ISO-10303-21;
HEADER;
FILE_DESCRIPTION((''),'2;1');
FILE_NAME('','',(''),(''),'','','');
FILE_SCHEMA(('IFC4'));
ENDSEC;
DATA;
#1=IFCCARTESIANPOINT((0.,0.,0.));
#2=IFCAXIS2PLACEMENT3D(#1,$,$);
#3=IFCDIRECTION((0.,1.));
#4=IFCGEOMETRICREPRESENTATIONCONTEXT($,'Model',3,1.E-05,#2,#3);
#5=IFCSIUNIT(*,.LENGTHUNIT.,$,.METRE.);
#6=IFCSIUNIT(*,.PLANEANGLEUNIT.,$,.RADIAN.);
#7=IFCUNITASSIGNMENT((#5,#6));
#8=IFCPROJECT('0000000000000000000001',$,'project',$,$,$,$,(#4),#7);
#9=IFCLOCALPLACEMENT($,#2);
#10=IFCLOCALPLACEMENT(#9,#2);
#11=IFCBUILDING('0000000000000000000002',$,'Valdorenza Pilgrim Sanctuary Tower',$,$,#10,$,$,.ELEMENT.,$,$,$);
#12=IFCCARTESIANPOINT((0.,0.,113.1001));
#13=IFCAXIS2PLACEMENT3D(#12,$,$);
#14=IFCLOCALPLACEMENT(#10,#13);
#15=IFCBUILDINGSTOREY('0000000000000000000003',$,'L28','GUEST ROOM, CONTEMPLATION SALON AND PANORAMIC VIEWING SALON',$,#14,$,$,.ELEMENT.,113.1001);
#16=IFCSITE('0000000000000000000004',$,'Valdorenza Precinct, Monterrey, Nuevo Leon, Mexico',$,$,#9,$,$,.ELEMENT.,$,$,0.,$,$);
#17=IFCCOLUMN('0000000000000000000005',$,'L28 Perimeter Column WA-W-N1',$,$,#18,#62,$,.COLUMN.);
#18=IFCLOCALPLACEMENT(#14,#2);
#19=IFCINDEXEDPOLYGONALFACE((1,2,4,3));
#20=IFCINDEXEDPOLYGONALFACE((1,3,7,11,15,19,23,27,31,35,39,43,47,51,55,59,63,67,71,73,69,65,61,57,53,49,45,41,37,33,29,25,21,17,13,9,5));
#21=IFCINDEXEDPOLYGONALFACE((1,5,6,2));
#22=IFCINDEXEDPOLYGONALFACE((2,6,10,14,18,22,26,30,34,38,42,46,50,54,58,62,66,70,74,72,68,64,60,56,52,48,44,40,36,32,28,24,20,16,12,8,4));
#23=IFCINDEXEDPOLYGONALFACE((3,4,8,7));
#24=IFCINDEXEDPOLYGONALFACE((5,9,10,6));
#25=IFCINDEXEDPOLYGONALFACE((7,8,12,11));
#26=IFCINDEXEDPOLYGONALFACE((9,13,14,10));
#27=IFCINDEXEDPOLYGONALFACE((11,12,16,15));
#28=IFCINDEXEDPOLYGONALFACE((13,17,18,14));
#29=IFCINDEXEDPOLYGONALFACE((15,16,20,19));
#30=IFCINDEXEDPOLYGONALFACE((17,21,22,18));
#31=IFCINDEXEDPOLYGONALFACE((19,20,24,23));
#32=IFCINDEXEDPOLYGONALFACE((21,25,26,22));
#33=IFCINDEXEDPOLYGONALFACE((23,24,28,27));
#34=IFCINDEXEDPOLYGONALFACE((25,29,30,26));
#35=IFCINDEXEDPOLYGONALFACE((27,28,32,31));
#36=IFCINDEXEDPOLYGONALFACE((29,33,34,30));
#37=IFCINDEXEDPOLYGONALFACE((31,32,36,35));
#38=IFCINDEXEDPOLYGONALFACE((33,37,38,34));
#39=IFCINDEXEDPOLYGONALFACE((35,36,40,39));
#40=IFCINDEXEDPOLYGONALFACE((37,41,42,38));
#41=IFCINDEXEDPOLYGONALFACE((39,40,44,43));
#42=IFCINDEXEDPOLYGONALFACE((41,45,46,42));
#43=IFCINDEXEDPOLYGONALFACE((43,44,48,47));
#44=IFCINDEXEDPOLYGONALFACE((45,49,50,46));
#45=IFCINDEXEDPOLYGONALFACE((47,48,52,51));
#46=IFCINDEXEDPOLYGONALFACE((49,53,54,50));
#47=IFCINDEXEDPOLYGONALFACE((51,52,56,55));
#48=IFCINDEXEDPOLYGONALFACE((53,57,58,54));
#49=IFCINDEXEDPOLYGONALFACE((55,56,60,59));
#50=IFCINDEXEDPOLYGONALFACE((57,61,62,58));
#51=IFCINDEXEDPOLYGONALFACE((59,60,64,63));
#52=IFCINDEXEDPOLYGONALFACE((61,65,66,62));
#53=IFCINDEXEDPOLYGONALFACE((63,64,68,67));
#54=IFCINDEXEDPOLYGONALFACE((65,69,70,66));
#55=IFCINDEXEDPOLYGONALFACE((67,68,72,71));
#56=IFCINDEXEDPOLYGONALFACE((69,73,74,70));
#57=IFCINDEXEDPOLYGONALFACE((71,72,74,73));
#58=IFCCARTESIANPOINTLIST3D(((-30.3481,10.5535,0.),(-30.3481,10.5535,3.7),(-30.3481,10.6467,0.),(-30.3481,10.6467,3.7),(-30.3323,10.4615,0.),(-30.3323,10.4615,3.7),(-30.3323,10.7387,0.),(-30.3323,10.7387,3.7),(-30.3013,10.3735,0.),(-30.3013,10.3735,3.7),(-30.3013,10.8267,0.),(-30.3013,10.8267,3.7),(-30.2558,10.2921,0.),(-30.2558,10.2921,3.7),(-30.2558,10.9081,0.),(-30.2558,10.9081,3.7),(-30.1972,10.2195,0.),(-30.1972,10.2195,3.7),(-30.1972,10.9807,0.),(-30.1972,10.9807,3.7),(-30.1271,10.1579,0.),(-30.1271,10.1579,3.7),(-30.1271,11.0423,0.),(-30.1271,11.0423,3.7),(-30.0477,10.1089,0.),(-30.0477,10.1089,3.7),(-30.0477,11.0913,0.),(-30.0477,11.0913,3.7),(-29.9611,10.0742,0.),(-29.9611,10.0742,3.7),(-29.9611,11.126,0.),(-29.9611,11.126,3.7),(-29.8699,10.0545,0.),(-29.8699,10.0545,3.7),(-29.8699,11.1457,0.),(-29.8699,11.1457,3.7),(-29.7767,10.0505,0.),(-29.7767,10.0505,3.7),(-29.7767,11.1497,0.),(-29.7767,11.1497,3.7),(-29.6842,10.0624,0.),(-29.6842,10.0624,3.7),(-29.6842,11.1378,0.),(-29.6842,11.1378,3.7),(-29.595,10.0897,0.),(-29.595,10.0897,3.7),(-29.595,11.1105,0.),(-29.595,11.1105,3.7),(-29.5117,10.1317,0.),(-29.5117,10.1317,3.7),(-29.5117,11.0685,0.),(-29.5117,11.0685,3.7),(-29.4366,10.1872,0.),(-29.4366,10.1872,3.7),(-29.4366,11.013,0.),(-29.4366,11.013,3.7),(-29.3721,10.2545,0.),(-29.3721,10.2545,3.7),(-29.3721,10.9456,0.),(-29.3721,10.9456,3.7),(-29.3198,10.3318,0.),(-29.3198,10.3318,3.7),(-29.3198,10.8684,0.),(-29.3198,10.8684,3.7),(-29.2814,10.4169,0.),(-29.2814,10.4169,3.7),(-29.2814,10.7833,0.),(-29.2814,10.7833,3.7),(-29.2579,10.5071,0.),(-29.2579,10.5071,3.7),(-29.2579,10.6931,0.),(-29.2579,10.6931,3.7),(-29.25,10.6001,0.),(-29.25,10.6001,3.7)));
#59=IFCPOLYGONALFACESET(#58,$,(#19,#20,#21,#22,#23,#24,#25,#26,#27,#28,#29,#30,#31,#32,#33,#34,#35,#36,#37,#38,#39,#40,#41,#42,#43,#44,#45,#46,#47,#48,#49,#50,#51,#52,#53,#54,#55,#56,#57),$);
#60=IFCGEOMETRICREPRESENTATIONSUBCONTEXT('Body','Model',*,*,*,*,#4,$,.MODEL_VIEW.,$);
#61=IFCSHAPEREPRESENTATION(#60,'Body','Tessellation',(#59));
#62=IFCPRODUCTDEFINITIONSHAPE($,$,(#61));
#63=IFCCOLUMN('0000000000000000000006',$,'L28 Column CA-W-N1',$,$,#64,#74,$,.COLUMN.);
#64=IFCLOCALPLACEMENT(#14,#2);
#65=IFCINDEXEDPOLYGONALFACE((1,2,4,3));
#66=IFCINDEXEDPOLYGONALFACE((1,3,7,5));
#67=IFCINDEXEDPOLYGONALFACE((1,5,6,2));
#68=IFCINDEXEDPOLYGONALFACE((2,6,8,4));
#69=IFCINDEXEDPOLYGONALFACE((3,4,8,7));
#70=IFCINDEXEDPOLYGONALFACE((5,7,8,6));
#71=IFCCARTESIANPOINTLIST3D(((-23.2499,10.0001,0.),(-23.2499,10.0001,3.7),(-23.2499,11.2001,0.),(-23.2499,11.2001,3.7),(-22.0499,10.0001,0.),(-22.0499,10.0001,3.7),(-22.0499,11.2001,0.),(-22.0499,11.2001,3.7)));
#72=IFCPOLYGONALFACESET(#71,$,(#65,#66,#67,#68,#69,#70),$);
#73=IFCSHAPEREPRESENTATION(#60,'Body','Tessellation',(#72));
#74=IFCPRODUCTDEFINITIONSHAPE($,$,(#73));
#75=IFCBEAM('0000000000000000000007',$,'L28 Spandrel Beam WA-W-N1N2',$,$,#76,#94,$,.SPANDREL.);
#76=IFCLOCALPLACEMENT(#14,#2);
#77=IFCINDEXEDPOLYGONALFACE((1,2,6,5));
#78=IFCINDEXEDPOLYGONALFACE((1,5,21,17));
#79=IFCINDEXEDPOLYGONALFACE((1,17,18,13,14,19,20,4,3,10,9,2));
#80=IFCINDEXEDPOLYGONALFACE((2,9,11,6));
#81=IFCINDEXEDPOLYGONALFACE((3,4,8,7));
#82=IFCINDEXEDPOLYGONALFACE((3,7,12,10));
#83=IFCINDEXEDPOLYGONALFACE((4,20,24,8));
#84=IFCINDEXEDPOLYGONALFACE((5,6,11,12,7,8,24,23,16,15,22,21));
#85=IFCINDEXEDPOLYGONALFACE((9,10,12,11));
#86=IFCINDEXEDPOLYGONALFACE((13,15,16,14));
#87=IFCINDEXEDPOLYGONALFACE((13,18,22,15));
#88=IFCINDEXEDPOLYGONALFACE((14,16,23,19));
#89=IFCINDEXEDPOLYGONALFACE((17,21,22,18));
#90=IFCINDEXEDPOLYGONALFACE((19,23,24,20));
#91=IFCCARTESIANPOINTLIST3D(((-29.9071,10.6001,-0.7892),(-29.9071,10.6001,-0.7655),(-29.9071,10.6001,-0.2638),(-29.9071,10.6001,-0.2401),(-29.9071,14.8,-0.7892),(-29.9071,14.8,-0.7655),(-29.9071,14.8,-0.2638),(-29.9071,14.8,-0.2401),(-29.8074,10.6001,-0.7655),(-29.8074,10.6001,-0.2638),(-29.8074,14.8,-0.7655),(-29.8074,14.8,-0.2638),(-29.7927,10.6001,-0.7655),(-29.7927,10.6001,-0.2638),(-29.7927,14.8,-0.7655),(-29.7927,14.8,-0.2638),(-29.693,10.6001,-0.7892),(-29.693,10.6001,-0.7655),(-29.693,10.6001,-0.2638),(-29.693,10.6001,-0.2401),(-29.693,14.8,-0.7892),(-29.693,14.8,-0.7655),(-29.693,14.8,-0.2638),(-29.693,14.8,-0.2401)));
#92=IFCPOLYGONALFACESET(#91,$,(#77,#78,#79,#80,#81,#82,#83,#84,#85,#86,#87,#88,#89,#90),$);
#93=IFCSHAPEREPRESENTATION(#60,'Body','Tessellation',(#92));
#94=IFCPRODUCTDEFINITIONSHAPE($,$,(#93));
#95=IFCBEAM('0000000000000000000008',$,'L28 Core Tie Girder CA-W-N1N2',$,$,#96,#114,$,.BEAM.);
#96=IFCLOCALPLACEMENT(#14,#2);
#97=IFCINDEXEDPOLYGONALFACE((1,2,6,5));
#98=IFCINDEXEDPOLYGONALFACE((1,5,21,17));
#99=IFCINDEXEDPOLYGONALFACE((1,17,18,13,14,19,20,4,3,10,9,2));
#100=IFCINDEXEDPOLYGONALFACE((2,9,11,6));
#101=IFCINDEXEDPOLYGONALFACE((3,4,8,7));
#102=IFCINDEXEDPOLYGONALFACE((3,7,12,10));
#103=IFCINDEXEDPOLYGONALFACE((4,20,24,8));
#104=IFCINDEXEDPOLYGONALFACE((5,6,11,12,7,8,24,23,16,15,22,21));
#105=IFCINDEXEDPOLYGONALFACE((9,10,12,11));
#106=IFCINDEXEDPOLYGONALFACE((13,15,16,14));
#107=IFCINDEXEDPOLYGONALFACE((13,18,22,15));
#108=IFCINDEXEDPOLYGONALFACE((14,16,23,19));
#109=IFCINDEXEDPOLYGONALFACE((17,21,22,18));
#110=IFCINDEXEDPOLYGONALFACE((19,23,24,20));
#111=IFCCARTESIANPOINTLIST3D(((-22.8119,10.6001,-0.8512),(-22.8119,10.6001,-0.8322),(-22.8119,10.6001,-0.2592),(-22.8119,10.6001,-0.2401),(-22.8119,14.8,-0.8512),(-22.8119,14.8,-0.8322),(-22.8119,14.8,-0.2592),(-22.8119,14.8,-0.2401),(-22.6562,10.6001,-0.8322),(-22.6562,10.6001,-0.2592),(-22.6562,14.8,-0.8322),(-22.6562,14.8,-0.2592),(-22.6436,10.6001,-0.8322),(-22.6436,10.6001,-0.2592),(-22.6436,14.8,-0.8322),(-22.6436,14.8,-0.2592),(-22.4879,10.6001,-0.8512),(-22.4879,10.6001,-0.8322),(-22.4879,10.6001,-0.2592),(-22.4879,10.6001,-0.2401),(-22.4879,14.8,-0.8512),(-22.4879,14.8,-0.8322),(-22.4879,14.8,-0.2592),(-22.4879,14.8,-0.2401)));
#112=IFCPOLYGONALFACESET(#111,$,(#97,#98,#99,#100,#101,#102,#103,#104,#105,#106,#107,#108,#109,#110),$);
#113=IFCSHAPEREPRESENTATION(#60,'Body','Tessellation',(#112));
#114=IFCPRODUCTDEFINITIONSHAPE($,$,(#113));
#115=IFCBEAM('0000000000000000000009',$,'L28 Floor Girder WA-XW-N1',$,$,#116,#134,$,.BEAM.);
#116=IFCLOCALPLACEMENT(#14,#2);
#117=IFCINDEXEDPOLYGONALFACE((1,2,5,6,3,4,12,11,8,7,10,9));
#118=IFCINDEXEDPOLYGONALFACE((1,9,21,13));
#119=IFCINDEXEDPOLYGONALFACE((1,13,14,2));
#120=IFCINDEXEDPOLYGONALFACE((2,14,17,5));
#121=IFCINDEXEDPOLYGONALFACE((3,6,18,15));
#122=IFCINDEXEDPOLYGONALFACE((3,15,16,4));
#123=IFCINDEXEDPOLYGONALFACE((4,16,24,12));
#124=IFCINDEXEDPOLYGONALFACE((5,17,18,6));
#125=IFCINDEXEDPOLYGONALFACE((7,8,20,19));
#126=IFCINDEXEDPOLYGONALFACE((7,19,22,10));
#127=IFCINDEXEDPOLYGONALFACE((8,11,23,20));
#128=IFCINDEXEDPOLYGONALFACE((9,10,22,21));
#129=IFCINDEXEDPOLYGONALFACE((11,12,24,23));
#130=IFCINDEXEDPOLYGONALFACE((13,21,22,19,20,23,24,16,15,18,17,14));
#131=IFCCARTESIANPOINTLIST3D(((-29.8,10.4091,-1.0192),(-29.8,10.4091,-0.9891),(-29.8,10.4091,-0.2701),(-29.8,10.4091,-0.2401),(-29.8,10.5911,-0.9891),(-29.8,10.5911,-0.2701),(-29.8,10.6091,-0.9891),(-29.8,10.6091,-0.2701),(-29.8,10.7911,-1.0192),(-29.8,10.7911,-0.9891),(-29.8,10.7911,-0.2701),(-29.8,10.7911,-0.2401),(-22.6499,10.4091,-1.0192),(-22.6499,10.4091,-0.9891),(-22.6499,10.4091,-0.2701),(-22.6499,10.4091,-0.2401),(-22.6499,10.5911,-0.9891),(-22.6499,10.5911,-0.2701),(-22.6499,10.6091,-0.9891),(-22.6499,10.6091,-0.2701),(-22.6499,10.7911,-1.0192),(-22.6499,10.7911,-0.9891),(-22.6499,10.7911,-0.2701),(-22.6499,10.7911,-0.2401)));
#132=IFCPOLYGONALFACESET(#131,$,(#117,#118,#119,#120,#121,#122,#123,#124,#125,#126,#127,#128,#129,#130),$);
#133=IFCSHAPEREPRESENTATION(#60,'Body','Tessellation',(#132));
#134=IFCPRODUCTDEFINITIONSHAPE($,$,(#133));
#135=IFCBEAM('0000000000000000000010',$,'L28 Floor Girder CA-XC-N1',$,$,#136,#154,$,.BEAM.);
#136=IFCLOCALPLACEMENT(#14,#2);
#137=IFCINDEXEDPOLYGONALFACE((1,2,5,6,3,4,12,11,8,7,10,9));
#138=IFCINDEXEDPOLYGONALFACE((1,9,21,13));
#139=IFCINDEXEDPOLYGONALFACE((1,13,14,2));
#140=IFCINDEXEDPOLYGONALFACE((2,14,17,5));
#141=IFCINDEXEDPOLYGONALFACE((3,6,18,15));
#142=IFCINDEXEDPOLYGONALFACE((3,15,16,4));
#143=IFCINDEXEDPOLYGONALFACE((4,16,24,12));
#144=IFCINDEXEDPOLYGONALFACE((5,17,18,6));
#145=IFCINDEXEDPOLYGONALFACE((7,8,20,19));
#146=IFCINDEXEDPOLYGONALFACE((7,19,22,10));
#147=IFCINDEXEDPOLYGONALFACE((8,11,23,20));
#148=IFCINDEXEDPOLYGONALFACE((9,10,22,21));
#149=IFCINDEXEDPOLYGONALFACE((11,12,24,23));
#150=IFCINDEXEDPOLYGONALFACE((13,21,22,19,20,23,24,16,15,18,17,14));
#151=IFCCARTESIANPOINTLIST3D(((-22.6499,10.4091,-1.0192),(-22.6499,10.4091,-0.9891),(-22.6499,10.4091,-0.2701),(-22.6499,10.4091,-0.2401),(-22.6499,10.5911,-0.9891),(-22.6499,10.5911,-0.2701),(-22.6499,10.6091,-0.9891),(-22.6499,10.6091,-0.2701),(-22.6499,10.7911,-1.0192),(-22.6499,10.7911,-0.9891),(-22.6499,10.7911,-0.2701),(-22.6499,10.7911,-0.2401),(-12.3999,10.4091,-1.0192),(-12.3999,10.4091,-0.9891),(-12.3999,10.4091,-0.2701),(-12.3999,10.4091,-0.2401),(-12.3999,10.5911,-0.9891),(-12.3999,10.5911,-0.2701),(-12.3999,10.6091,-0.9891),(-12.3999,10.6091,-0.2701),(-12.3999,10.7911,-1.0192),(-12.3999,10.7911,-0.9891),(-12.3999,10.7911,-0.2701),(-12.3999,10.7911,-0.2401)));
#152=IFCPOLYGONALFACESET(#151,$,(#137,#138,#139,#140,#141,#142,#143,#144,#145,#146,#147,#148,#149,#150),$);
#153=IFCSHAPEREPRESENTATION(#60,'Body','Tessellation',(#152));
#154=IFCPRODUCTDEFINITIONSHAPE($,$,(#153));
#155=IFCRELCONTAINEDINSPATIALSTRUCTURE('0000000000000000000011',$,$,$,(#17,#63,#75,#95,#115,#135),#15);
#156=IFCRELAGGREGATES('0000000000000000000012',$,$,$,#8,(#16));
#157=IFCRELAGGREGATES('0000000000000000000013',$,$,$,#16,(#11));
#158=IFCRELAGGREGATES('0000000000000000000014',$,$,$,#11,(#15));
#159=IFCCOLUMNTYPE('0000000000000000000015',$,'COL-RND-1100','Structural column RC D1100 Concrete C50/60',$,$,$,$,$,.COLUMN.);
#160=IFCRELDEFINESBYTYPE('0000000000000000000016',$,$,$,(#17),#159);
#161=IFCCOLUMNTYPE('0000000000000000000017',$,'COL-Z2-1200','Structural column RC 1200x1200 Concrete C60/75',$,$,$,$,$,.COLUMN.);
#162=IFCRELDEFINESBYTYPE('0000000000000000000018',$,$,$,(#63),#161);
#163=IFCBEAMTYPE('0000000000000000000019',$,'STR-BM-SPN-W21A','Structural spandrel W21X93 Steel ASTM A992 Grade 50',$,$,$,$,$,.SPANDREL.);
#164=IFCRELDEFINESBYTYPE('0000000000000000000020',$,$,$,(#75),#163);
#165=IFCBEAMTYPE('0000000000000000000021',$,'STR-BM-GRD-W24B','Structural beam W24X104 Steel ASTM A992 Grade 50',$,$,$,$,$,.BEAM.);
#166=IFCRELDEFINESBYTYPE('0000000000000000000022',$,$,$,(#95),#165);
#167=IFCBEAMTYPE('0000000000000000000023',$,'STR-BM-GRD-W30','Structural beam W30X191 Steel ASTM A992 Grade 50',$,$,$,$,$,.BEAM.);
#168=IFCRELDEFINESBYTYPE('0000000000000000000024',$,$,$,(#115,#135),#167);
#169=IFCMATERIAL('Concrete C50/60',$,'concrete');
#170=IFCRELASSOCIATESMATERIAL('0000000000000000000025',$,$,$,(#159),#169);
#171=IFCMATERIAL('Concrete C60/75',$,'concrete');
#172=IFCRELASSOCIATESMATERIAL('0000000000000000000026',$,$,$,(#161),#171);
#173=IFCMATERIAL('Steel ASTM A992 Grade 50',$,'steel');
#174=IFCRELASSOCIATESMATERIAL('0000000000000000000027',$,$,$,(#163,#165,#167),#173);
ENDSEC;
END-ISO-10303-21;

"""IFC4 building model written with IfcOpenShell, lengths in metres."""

from ifc_helpers import new_model, si_unit, direction, frame, origin, origin_2d, place, context, subcontext, project, spatial, rectangle, circle, i_section, extrude, source, transform, mapped, material, material_profile, profile_set, type_object, element, save


model = new_model("IFC4")

# Units and contexts
model_context = context("Model", 3, precision=1e-05, world=origin(), true_north=direction((0.0, 1.0)))
body_context = subcontext(model_context, "Body", "Model", "MODEL_VIEW")
ifc_project = project(units=[si_unit("LENGTHUNIT", "METRE"), si_unit("PLANEANGLEUNIT", "RADIAN")], contexts=[model_context])

# Site, building, storey
site_placement = place(None, origin())
site = spatial("IfcSite", under=ifc_project, at=site_placement, Name="Valdorenza Precinct, Monterrey, Nuevo Leon, Mexico", CompositionType="ELEMENT", RefElevation=0.0)
building_placement = place(site_placement, origin())
building = spatial("IfcBuilding", under=site, at=building_placement, Name="Valdorenza Pilgrim Sanctuary Tower", CompositionType="ELEMENT")
storey_placement = place(building_placement, frame((0.0, 0.0, 113.1001)))
storey = spatial("IfcBuildingStorey", under=building, at=storey_placement, Name="L28", Description="GUEST ROOM, CONTEMPLATION SALON AND PANORAMIC VIEWING SALON", CompositionType="ELEMENT", Elevation=113.1001)

# Columns
ifc_material_1 = material(Name="Concrete C50/60", Category="concrete")
ifc_material_profile_1 = material_profile(ifc_material_1, circle(Radius=0.55, at=origin_2d()), Name="RC D1100")
ifc_profile_set_1 = profile_set([ifc_material_profile_1], Name="Concrete C50/60")
column_type_1 = type_object("IfcColumnType", Name="COL-RND-1100", Description="Structural column RC D1100 Concrete C50/60", PredefinedType="COLUMN", material=ifc_profile_set_1)
shared_shape_1 = source(origin(), body_context, "Body", "SweptSolid", [
    extrude(circle(Radius=0.55, at=origin_2d()), origin(), (0.0, 0.0, 1.0), 3.7),
])
column_1_placement = place(storey_placement, frame((-29.8, 10.6001, 0.0), z_axis=(0.0, 0.0, 1.0), x_axis=(1.0, 0.0, 0.0)))
element("IfcColumn", 1, at=column_1_placement, inside=storey, type_object=column_type_1, Name="L28 Perimeter Column WA-W-N1", PredefinedType="COLUMN", context=body_context, shape_type="MappedRepresentation", body=[
    mapped(shared_shape_1, transform((0.0, 0.0, 0.0), x_axis=(1.0, 0.0, 0.0), y_axis=(0.0, 1.0, 0.0), z_axis=(0.0, 0.0, 1.0), scale=1.0)),
])
ifc_material_2 = material(Name="Concrete C60/75", Category="concrete")
ifc_material_profile_2 = material_profile(ifc_material_2, rectangle(XDim=1.2, YDim=1.2, at=origin_2d()), Name="RC 1200x1200")
ifc_profile_set_2 = profile_set([ifc_material_profile_2], Name="Concrete C60/75")
column_type_2 = type_object("IfcColumnType", Name="COL-Z2-1200", Description="Structural column RC 1200x1200 Concrete C60/75", PredefinedType="COLUMN", material=ifc_profile_set_2)
shared_shape_2 = source(origin(), body_context, "Body", "SweptSolid", [
    extrude(rectangle(XDim=1.2, YDim=1.2, at=origin_2d()), origin(), (0.0, 0.0, 1.0), 3.7),
])
column_2_placement = place(storey_placement, frame((-22.6499, 10.6001, 0.0), z_axis=(0.0, 0.0, 1.0), x_axis=(1.0, 0.0, 0.0)))
element("IfcColumn", 2, at=column_2_placement, inside=storey, type_object=column_type_2, Name="L28 Column CA-W-N1", PredefinedType="COLUMN", context=body_context, shape_type="MappedRepresentation", body=[
    mapped(shared_shape_2, transform((0.0, 0.0, 0.0), x_axis=(1.0, 0.0, 0.0), y_axis=(0.0, 1.0, 0.0), z_axis=(0.0, 0.0, 1.0), scale=1.0)),
])

# Beams
ifc_material_3 = material(Name="Steel ASTM A992 Grade 50", Category="steel")
ifc_material_profile_3 = material_profile(ifc_material_3, i_section(OverallWidth=0.2141, OverallDepth=0.5491, WebThickness=0.0146, FlangeThickness=0.0237, at=origin_2d()), Name="W21X93")
ifc_profile_set_3 = profile_set([ifc_material_profile_3], Name="Steel ASTM A992 Grade 50")
beam_type_1 = type_object("IfcBeamType", Name="STR-BM-SPN-W21A", Description="Structural spandrel W21X93 Steel ASTM A992 Grade 50", PredefinedType="SPANDREL", material=ifc_profile_set_3)
shared_shape_3 = source(origin(), body_context, "Body", "SweptSolid", [
    extrude(i_section(OverallWidth=0.2141, OverallDepth=0.5491, WebThickness=0.0146, FlangeThickness=0.0237, at=origin_2d()), origin(), (0.0, 0.0, 1.0), 4.2),
])
beam_1_placement = place(storey_placement, frame((-29.8, 10.6001, -0.5146), z_axis=(0.0, 1.0, 0.0), x_axis=(-1.0, 0.0, 0.0)))
element("IfcBeam", 3, at=beam_1_placement, inside=storey, type_object=beam_type_1, Name="L28 Spandrel Beam WA-W-N1N2", PredefinedType="SPANDREL", context=body_context, shape_type="MappedRepresentation", body=[
    mapped(shared_shape_3, transform((0.0, 0.0, 0.0), x_axis=(1.0, 0.0, 0.0), y_axis=(0.0, 1.0, 0.0), z_axis=(0.0, 0.0, 1.0), scale=1.0)),
])
ifc_material_profile_4 = material_profile(ifc_material_3, i_section(OverallWidth=0.324, OverallDepth=0.6111, WebThickness=0.0127, FlangeThickness=0.019, at=origin_2d()), Name="W24X104")
ifc_profile_set_4 = profile_set([ifc_material_profile_4], Name="Steel ASTM A992 Grade 50")
beam_type_2 = type_object("IfcBeamType", Name="STR-BM-GRD-W24B", Description="Structural beam W24X104 Steel ASTM A992 Grade 50", PredefinedType="BEAM", material=ifc_profile_set_4)
shared_shape_4 = source(origin(), body_context, "Body", "SweptSolid", [
    extrude(i_section(OverallWidth=0.324, OverallDepth=0.6111, WebThickness=0.0127, FlangeThickness=0.019, at=origin_2d()), origin(), (0.0, 0.0, 1.0), 4.2),
])
beam_2_placement = place(storey_placement, frame((-22.6499, 10.6001, -0.5457), z_axis=(0.0, 1.0, 0.0), x_axis=(-1.0, 0.0, 0.0)))
element("IfcBeam", 4, at=beam_2_placement, inside=storey, type_object=beam_type_2, Name="L28 Core Tie Girder CA-W-N1N2", PredefinedType="BEAM", context=body_context, shape_type="MappedRepresentation", body=[
    mapped(shared_shape_4, transform((0.0, 0.0, 0.0), x_axis=(1.0, 0.0, 0.0), y_axis=(0.0, 1.0, 0.0), z_axis=(0.0, 0.0, 1.0), scale=1.0)),
])
ifc_material_profile_5 = material_profile(ifc_material_3, i_section(OverallWidth=0.3821, OverallDepth=0.7791, WebThickness=0.0181, FlangeThickness=0.03, at=origin_2d()), Name="W30X191")
ifc_profile_set_5 = profile_set([ifc_material_profile_5], Name="Steel ASTM A992 Grade 50")
beam_type_3 = type_object("IfcBeamType", Name="STR-BM-GRD-W30", Description="Structural beam W30X191 Steel ASTM A992 Grade 50", PredefinedType="BEAM", material=ifc_profile_set_5)
shared_shape_5 = source(origin(), body_context, "Body", "SweptSolid", [
    extrude(i_section(OverallWidth=0.3821, OverallDepth=0.7791, WebThickness=0.0181, FlangeThickness=0.03, at=origin_2d()), origin(), (0.0, 0.0, 1.0), 7.1501),
])
beam_3_placement = place(storey_placement, frame((-29.8, 10.6001, -0.6296), z_axis=(1.0, 0.0, 0.0), x_axis=(0.0, 1.0, 0.0)))
element("IfcBeam", 5, at=beam_3_placement, inside=storey, type_object=beam_type_3, Name="L28 Floor Girder WA-XW-N1", PredefinedType="BEAM", context=body_context, shape_type="MappedRepresentation", body=[
    mapped(shared_shape_5, transform((0.0, 0.0, 0.0), x_axis=(1.0, 0.0, 0.0), y_axis=(0.0, 1.0, 0.0), z_axis=(0.0, 0.0, 1.0), scale=1.0)),
])
shared_shape_6 = source(origin(), body_context, "Body", "SweptSolid", [
    extrude(i_section(OverallWidth=0.3821, OverallDepth=0.7791, WebThickness=0.0181, FlangeThickness=0.03, at=origin_2d()), origin(), (0.0, 0.0, 1.0), 10.25),
])
beam_4_placement = place(storey_placement, frame((-22.6499, 10.6001, -0.6296), z_axis=(1.0, 0.0, 0.0), x_axis=(0.0, 1.0, 0.0)))
element("IfcBeam", 6, at=beam_4_placement, inside=storey, type_object=beam_type_3, Name="L28 Floor Girder CA-XC-N1", PredefinedType="BEAM", context=body_context, shape_type="MappedRepresentation", body=[
    mapped(shared_shape_6, transform((0.0, 0.0, 0.0), x_axis=(1.0, 0.0, 0.0), y_axis=(0.0, 1.0, 0.0), z_axis=(0.0, 0.0, 1.0), scale=1.0)),
])

save(model, "model.ifc")
